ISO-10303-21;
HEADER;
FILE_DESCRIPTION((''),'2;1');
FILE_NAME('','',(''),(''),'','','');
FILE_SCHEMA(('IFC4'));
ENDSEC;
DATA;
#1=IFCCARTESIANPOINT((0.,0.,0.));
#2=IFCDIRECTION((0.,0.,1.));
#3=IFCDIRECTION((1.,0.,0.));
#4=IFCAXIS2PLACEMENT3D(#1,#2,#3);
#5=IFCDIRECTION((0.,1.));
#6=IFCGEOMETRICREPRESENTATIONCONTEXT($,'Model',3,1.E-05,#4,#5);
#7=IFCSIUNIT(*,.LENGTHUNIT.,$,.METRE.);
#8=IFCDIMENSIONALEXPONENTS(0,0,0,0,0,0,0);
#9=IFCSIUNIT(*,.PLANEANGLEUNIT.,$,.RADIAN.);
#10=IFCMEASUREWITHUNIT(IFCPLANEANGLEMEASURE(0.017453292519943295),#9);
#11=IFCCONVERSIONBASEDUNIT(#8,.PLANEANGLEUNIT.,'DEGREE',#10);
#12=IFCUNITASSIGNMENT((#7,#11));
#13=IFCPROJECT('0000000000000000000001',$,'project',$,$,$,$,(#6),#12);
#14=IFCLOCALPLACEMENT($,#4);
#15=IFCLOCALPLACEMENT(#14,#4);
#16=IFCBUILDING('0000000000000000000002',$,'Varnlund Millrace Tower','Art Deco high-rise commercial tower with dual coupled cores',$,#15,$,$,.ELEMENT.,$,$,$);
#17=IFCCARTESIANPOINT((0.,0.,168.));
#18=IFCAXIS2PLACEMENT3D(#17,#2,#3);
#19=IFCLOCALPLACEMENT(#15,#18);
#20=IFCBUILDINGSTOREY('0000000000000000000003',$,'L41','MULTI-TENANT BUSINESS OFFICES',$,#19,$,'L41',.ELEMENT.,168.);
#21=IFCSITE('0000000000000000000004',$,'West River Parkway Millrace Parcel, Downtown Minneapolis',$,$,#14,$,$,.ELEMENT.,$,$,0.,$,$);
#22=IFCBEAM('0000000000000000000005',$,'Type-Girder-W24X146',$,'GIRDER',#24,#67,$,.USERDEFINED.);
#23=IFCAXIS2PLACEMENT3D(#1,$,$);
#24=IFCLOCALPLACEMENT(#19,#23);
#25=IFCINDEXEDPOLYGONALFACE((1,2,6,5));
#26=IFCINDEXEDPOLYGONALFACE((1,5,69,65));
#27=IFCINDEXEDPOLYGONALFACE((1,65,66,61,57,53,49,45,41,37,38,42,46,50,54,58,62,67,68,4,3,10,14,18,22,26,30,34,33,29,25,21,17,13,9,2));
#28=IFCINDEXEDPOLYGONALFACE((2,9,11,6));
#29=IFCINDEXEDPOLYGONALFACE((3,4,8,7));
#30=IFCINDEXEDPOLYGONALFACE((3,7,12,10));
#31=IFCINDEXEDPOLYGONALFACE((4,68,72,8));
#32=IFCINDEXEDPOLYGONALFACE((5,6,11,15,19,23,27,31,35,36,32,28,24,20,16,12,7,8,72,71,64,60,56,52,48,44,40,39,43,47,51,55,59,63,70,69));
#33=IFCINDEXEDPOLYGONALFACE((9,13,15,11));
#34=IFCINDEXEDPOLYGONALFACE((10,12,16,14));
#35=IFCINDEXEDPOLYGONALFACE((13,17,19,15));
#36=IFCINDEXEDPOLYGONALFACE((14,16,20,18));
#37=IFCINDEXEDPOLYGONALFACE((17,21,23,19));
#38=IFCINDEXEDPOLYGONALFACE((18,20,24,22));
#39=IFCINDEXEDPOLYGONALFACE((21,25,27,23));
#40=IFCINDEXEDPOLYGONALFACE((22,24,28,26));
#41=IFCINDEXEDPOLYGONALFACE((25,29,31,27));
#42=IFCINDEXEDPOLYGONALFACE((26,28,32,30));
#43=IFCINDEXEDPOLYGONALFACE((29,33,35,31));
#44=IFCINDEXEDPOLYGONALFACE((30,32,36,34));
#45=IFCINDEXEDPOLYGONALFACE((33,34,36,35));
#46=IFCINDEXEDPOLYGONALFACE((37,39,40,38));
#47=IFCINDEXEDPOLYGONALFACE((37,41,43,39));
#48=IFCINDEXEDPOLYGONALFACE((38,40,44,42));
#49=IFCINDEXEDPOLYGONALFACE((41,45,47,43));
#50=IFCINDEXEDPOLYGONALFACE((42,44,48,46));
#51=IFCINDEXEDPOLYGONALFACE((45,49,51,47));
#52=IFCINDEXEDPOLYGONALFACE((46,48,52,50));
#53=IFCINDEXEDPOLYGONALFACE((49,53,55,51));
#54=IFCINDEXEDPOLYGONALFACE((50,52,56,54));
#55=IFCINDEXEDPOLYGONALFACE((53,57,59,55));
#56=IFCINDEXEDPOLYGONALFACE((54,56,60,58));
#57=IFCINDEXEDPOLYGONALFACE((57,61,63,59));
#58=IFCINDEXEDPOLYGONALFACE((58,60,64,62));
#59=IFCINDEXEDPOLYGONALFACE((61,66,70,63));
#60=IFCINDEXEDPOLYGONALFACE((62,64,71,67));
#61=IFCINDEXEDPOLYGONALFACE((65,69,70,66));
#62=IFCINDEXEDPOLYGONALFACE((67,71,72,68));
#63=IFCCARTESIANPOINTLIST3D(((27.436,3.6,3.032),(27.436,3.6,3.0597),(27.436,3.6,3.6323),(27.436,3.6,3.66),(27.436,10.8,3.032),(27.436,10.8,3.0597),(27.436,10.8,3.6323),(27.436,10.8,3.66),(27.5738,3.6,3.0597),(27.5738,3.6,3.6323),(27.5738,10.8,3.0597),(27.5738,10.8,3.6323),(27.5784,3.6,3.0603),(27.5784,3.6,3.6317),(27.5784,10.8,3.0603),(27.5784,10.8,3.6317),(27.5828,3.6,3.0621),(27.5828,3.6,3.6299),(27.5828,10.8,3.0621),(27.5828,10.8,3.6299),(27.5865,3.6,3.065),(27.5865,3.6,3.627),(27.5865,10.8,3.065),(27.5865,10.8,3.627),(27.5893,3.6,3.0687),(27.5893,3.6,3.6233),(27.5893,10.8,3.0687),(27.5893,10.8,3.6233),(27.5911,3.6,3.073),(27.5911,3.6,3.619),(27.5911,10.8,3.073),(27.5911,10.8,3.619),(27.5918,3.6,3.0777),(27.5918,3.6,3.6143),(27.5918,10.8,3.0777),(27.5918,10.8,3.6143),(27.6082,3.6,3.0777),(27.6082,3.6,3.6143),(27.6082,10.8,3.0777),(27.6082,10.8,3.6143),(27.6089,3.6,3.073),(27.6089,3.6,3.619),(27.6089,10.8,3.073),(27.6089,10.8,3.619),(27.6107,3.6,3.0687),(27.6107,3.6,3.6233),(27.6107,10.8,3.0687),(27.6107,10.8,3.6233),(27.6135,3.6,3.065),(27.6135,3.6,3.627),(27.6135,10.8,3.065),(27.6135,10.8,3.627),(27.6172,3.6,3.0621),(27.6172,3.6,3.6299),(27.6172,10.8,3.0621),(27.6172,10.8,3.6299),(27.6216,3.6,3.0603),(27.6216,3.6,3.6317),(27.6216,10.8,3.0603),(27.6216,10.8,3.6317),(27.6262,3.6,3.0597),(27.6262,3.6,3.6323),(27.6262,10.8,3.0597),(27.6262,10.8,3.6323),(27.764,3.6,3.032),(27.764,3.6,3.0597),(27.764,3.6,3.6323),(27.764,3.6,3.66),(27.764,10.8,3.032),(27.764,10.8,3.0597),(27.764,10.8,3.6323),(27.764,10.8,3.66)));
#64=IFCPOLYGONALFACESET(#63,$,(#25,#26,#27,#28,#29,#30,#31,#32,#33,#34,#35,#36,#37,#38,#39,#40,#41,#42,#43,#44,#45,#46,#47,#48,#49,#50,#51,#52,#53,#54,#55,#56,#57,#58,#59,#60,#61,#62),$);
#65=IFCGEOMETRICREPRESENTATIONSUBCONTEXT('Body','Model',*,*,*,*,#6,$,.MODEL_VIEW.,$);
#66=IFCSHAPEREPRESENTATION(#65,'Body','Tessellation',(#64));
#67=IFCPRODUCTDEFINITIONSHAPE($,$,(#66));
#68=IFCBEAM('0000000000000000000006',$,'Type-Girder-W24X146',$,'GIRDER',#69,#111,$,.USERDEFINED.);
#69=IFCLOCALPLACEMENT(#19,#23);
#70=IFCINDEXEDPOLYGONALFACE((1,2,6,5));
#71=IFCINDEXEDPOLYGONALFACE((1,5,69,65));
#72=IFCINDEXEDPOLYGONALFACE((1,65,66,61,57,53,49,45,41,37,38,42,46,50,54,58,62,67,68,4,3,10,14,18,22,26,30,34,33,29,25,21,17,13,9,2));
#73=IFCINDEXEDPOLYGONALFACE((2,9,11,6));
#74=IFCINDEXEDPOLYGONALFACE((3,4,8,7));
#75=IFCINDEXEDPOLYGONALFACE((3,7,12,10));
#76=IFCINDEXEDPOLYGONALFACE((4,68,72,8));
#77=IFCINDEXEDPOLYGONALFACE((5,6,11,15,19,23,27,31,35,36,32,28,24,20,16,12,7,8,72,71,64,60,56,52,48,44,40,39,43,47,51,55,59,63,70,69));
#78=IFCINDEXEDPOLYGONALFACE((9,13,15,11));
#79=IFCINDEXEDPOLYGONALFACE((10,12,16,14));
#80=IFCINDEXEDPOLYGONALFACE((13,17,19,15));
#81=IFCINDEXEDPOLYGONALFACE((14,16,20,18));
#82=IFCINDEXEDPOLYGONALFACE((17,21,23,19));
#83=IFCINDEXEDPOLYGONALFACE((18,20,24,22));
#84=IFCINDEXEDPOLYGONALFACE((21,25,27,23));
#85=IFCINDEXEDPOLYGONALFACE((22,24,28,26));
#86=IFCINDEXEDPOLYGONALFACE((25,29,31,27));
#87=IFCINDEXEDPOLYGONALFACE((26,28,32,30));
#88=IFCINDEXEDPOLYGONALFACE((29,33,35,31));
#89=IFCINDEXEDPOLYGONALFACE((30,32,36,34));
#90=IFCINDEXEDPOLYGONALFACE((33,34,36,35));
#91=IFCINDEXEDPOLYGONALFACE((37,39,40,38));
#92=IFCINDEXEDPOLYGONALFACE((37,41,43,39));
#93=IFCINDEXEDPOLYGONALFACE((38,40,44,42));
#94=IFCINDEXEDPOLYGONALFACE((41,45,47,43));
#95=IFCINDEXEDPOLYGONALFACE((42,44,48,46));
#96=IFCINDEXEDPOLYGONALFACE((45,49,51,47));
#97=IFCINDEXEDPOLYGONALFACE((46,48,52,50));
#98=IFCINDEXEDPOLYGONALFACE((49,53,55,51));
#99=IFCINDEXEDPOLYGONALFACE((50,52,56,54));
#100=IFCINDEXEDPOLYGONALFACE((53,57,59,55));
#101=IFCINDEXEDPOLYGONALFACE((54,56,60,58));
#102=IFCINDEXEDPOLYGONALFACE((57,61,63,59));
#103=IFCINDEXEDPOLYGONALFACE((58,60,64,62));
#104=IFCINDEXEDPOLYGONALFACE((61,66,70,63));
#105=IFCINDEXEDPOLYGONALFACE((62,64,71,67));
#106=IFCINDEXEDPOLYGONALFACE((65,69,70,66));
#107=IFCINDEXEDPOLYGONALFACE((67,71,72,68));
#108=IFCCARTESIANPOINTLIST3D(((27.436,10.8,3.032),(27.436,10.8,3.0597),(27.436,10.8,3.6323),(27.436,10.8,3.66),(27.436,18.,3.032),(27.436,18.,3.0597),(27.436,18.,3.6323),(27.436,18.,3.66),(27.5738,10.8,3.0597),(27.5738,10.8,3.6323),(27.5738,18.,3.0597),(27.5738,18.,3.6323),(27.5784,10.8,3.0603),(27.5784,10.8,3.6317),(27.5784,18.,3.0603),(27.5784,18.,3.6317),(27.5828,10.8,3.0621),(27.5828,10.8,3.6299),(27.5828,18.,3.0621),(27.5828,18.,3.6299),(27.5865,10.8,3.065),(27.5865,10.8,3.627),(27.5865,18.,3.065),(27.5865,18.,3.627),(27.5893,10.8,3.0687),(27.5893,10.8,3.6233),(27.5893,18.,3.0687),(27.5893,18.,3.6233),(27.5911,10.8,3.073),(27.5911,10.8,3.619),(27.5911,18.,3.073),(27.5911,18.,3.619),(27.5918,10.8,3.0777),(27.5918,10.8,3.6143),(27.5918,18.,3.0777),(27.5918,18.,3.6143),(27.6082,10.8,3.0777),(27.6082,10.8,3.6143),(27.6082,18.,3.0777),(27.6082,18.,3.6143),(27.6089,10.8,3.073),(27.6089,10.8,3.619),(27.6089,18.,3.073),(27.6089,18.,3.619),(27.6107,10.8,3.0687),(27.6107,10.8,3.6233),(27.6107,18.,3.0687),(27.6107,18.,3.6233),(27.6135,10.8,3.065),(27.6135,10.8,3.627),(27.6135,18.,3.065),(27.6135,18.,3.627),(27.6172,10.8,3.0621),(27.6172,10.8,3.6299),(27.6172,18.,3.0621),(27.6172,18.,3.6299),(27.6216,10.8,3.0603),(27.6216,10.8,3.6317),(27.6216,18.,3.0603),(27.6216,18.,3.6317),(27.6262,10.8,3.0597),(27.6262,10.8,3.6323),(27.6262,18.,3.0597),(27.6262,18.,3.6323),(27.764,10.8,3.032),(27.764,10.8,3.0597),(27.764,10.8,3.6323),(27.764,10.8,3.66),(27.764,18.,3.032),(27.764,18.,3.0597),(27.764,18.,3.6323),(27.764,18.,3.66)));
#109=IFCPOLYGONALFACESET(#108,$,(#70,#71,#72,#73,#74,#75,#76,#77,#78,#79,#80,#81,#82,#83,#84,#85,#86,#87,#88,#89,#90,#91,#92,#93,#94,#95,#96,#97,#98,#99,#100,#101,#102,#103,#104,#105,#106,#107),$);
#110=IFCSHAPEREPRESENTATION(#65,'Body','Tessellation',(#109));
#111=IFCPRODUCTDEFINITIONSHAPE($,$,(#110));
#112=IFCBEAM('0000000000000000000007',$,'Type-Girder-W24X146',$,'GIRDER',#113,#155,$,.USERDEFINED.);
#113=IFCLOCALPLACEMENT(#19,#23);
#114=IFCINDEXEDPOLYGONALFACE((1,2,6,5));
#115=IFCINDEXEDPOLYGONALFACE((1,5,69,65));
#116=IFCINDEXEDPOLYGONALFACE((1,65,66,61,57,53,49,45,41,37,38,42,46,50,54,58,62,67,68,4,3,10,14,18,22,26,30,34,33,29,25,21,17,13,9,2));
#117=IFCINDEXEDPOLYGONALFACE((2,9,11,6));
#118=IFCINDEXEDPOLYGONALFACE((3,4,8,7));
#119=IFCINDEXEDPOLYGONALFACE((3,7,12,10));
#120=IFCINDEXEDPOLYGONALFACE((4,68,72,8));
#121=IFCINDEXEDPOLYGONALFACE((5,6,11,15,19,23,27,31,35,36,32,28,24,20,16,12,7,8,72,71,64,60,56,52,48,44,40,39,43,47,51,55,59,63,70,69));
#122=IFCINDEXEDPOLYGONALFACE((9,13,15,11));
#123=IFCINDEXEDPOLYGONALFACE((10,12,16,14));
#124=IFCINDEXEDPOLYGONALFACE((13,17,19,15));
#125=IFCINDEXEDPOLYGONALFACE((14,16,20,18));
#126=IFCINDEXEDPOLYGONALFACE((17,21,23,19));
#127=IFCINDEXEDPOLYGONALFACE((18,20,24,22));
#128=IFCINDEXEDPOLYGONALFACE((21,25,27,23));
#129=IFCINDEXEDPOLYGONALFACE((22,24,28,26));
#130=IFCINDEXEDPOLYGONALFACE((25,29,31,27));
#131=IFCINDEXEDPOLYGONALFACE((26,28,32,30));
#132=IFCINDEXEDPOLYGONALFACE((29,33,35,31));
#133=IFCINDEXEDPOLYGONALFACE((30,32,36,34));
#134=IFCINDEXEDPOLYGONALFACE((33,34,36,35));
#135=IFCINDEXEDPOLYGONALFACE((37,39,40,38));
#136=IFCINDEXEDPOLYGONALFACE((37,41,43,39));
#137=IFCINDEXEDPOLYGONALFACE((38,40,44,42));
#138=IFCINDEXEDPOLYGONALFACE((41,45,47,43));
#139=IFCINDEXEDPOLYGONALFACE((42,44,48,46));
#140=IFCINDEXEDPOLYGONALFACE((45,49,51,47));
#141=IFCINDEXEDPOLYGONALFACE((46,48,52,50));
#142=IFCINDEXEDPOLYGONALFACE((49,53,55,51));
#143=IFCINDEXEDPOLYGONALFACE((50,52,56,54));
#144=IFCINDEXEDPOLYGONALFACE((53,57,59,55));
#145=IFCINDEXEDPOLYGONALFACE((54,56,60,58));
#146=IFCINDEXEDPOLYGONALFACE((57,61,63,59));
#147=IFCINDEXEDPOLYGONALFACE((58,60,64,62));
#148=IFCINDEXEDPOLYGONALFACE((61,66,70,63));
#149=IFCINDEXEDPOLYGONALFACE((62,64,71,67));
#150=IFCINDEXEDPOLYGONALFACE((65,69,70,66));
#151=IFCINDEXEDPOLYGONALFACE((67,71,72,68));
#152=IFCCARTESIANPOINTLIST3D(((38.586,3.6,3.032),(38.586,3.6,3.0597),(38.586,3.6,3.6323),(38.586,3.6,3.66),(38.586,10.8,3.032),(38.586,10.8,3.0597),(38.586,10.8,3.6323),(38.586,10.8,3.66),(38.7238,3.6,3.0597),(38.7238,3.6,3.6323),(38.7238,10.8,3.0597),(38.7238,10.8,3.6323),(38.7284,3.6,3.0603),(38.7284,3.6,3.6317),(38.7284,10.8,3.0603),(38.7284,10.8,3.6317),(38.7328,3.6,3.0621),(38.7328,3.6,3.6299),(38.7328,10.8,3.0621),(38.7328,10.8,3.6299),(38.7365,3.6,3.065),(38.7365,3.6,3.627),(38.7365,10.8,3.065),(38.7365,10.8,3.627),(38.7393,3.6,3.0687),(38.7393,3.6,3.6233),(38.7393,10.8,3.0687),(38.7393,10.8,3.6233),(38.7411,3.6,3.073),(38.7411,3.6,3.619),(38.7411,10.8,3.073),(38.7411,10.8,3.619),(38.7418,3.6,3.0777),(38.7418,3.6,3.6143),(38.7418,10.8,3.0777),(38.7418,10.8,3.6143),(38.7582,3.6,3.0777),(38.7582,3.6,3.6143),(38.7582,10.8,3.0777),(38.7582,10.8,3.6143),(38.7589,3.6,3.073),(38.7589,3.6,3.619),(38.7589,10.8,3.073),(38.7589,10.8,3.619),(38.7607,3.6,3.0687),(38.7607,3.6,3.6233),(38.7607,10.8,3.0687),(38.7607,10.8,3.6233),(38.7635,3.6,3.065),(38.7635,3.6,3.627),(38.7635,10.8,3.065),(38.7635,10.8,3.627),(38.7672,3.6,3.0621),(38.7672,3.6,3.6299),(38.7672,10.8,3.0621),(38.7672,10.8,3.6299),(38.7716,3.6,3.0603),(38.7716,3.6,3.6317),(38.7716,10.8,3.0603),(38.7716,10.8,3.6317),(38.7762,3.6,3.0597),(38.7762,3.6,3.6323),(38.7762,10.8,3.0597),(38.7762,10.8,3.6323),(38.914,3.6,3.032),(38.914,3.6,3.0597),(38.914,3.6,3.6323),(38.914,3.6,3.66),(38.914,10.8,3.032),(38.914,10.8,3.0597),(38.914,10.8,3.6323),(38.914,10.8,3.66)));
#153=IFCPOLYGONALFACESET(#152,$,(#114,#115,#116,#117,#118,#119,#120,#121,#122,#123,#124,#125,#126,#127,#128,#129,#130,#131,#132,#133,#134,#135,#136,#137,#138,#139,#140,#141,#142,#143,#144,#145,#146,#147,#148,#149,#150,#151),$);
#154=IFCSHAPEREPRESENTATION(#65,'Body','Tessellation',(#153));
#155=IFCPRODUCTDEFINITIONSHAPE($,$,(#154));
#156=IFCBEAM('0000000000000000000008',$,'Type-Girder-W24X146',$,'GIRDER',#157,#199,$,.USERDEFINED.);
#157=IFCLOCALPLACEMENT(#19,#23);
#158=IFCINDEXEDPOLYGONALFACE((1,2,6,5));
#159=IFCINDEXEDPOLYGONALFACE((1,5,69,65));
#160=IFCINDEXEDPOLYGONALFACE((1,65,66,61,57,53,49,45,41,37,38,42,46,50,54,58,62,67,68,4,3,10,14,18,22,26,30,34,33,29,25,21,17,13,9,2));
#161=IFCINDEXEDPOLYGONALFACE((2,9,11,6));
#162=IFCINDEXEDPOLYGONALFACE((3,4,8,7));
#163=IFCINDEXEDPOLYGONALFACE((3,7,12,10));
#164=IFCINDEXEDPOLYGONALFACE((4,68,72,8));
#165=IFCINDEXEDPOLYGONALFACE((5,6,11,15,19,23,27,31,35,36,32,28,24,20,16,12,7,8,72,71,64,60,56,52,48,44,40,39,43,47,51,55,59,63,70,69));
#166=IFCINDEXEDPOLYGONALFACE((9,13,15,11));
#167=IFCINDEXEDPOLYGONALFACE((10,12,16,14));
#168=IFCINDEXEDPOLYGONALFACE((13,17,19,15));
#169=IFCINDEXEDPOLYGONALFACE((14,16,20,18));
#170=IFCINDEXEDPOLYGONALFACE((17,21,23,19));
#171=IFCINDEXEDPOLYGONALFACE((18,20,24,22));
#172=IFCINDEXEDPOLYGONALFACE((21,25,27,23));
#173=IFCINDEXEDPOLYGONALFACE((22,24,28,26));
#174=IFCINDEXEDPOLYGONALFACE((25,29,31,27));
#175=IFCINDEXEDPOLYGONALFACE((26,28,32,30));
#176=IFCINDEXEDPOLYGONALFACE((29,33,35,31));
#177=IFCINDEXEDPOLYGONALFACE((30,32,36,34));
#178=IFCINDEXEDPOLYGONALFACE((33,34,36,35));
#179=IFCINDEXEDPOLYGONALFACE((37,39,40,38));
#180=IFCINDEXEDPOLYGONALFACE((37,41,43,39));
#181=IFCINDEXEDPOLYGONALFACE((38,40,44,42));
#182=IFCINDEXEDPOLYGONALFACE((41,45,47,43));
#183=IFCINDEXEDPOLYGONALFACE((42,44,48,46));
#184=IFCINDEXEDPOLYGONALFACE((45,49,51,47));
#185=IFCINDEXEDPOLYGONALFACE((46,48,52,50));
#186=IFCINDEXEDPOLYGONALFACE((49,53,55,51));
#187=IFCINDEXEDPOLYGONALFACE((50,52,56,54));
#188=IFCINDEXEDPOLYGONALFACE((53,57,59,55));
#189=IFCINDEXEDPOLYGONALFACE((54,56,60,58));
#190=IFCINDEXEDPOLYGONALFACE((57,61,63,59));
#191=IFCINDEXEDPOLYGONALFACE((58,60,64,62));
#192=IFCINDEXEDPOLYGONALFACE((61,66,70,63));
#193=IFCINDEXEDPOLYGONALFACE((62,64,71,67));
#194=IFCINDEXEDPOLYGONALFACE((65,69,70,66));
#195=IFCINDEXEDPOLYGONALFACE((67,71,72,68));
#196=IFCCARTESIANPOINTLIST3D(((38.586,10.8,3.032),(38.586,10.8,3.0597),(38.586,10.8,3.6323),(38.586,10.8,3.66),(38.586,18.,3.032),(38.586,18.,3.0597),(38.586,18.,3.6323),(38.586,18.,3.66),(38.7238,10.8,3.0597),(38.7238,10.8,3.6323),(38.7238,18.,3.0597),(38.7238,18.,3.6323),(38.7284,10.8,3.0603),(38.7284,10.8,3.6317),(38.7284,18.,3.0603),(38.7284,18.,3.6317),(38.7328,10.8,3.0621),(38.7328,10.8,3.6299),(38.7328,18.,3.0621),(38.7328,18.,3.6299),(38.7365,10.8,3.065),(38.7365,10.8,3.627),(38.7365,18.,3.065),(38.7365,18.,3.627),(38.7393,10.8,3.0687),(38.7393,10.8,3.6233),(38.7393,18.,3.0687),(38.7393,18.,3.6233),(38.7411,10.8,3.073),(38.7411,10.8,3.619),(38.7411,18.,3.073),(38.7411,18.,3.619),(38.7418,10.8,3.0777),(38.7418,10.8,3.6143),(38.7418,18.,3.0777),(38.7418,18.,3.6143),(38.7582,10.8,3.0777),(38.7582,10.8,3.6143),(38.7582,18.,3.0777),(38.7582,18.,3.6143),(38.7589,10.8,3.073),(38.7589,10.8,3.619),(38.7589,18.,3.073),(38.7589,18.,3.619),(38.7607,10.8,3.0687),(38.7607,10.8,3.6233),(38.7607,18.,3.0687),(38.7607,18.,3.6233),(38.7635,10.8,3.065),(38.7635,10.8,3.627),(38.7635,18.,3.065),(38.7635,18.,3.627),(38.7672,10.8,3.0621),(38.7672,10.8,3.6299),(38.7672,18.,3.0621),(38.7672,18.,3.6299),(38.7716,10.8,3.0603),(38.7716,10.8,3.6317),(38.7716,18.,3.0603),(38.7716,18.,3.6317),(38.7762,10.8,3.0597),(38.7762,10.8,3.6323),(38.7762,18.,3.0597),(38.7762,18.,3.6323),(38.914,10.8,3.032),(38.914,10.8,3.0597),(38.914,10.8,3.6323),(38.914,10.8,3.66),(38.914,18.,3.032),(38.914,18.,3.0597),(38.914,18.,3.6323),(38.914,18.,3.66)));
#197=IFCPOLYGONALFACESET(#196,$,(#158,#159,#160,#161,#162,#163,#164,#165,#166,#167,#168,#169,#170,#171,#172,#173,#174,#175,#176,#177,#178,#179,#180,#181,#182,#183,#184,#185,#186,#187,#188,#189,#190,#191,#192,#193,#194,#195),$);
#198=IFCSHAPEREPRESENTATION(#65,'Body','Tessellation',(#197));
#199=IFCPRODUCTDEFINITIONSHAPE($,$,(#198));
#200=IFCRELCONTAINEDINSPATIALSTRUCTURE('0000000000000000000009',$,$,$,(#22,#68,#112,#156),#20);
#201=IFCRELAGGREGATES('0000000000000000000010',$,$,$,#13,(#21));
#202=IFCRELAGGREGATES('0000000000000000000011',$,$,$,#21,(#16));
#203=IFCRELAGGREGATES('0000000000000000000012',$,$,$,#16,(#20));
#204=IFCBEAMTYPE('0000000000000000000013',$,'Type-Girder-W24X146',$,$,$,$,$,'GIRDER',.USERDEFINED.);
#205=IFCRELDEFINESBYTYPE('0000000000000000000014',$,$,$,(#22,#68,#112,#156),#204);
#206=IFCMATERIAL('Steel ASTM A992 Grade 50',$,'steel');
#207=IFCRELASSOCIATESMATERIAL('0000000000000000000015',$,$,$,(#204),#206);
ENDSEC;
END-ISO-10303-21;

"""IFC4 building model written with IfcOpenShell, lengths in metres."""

from ifc_helpers import new_model, entity, si_unit, converted_unit, direction, frame, origin_with_axes, origin_2d_with_axis, place, context, subcontext, project, spatial, i_section, extrude, material, material_profile, profile_set, type_object, element, save


model = new_model("IFC4")

# Units and contexts
model_context = context("Model", 3, precision=1e-05, world=origin_with_axes(), true_north=direction((0.0, 1.0)))
body_context = subcontext(model_context, "Body", "Model", "MODEL_VIEW")
ifc_project = project(units=[si_unit("LENGTHUNIT", "METRE"), converted_unit("PLANEANGLEUNIT", "DEGREE", entity("IfcPlaneAngleMeasure", 0.017453292519943295), si_unit("PLANEANGLEUNIT", "RADIAN"), dimensions=[0, 0, 0, 0, 0, 0, 0])], contexts=[model_context])

# Site, building, storey
site_placement = place(None, origin_with_axes())
site = spatial("IfcSite", under=ifc_project, at=site_placement, Name="West River Parkway Millrace Parcel, Downtown Minneapolis", CompositionType="ELEMENT", RefElevation=0.0)
building_placement = place(site_placement, origin_with_axes())
building = spatial("IfcBuilding", under=site, at=building_placement, Name="Varnlund Millrace Tower", Description="Art Deco high-rise commercial tower with dual coupled cores", CompositionType="ELEMENT")
storey_placement = place(building_placement, frame((0.0, 0.0, 168.0), z_axis=(0.0, 0.0, 1.0), x_axis=(1.0, 0.0, 0.0)))
storey = spatial("IfcBuildingStorey", under=building, at=storey_placement, Name="L41", Description="MULTI-TENANT BUSINESS OFFICES", LongName="L41", CompositionType="ELEMENT", Elevation=168.0)

# Beams
ifc_material_1 = material(Name="Steel ASTM A992 Grade 50", Category="steel")
ifc_material_profile_1 = material_profile(ifc_material_1, i_section(OverallWidth=0.328, OverallDepth=0.628, WebThickness=0.0165, FlangeThickness=0.0277, FilletRadius=0.018, at=origin_2d_with_axis()), Name="Steel ASTM A992 Grade 50")
ifc_profile_set_1 = profile_set([ifc_material_profile_1], Name="Steel ASTM A992 Grade 50")
beam_type_1 = type_object("IfcBeamType", Name="Type-Girder-W24X146", ElementType="GIRDER", PredefinedType="USERDEFINED", material=ifc_profile_set_1)
for number, where, z_axis, x_axis, name in (
    (1, (27.6, 3.6, 3.346), (0.0, 1.0, 0.0), (-1.0, 0.0, 0.0), "Type-Girder-W24X146"),
    (2, (27.6, 10.8, 3.346), (0.0, 1.0, 0.0), (-1.0, 0.0, 0.0), "Type-Girder-W24X146"),
    (3, (38.75, 3.6, 3.346), (0.0, 1.0, 0.0), (-1.0, 0.0, 0.0), "Type-Girder-W24X146"),
    (4, (38.75, 10.8, 3.346), (0.0, 1.0, 0.0), (-1.0, 0.0, 0.0), "Type-Girder-W24X146"),
):
    element("IfcBeam", number, at=place(storey_placement, frame(where, z_axis=z_axis, x_axis=x_axis)), inside=storey, type_object=beam_type_1, Name=name, ObjectType="GIRDER", PredefinedType="USERDEFINED", context=body_context, shape_type="SweptSolid", body=[
        extrude(i_section(OverallWidth=0.328, OverallDepth=0.628, WebThickness=0.0165, FlangeThickness=0.0277, FilletRadius=0.018, at=origin_2d_with_axis()), origin_with_axes(), (0.0, 0.0, 1.0), 7.2),
    ])

save(model, "model.ifc")
